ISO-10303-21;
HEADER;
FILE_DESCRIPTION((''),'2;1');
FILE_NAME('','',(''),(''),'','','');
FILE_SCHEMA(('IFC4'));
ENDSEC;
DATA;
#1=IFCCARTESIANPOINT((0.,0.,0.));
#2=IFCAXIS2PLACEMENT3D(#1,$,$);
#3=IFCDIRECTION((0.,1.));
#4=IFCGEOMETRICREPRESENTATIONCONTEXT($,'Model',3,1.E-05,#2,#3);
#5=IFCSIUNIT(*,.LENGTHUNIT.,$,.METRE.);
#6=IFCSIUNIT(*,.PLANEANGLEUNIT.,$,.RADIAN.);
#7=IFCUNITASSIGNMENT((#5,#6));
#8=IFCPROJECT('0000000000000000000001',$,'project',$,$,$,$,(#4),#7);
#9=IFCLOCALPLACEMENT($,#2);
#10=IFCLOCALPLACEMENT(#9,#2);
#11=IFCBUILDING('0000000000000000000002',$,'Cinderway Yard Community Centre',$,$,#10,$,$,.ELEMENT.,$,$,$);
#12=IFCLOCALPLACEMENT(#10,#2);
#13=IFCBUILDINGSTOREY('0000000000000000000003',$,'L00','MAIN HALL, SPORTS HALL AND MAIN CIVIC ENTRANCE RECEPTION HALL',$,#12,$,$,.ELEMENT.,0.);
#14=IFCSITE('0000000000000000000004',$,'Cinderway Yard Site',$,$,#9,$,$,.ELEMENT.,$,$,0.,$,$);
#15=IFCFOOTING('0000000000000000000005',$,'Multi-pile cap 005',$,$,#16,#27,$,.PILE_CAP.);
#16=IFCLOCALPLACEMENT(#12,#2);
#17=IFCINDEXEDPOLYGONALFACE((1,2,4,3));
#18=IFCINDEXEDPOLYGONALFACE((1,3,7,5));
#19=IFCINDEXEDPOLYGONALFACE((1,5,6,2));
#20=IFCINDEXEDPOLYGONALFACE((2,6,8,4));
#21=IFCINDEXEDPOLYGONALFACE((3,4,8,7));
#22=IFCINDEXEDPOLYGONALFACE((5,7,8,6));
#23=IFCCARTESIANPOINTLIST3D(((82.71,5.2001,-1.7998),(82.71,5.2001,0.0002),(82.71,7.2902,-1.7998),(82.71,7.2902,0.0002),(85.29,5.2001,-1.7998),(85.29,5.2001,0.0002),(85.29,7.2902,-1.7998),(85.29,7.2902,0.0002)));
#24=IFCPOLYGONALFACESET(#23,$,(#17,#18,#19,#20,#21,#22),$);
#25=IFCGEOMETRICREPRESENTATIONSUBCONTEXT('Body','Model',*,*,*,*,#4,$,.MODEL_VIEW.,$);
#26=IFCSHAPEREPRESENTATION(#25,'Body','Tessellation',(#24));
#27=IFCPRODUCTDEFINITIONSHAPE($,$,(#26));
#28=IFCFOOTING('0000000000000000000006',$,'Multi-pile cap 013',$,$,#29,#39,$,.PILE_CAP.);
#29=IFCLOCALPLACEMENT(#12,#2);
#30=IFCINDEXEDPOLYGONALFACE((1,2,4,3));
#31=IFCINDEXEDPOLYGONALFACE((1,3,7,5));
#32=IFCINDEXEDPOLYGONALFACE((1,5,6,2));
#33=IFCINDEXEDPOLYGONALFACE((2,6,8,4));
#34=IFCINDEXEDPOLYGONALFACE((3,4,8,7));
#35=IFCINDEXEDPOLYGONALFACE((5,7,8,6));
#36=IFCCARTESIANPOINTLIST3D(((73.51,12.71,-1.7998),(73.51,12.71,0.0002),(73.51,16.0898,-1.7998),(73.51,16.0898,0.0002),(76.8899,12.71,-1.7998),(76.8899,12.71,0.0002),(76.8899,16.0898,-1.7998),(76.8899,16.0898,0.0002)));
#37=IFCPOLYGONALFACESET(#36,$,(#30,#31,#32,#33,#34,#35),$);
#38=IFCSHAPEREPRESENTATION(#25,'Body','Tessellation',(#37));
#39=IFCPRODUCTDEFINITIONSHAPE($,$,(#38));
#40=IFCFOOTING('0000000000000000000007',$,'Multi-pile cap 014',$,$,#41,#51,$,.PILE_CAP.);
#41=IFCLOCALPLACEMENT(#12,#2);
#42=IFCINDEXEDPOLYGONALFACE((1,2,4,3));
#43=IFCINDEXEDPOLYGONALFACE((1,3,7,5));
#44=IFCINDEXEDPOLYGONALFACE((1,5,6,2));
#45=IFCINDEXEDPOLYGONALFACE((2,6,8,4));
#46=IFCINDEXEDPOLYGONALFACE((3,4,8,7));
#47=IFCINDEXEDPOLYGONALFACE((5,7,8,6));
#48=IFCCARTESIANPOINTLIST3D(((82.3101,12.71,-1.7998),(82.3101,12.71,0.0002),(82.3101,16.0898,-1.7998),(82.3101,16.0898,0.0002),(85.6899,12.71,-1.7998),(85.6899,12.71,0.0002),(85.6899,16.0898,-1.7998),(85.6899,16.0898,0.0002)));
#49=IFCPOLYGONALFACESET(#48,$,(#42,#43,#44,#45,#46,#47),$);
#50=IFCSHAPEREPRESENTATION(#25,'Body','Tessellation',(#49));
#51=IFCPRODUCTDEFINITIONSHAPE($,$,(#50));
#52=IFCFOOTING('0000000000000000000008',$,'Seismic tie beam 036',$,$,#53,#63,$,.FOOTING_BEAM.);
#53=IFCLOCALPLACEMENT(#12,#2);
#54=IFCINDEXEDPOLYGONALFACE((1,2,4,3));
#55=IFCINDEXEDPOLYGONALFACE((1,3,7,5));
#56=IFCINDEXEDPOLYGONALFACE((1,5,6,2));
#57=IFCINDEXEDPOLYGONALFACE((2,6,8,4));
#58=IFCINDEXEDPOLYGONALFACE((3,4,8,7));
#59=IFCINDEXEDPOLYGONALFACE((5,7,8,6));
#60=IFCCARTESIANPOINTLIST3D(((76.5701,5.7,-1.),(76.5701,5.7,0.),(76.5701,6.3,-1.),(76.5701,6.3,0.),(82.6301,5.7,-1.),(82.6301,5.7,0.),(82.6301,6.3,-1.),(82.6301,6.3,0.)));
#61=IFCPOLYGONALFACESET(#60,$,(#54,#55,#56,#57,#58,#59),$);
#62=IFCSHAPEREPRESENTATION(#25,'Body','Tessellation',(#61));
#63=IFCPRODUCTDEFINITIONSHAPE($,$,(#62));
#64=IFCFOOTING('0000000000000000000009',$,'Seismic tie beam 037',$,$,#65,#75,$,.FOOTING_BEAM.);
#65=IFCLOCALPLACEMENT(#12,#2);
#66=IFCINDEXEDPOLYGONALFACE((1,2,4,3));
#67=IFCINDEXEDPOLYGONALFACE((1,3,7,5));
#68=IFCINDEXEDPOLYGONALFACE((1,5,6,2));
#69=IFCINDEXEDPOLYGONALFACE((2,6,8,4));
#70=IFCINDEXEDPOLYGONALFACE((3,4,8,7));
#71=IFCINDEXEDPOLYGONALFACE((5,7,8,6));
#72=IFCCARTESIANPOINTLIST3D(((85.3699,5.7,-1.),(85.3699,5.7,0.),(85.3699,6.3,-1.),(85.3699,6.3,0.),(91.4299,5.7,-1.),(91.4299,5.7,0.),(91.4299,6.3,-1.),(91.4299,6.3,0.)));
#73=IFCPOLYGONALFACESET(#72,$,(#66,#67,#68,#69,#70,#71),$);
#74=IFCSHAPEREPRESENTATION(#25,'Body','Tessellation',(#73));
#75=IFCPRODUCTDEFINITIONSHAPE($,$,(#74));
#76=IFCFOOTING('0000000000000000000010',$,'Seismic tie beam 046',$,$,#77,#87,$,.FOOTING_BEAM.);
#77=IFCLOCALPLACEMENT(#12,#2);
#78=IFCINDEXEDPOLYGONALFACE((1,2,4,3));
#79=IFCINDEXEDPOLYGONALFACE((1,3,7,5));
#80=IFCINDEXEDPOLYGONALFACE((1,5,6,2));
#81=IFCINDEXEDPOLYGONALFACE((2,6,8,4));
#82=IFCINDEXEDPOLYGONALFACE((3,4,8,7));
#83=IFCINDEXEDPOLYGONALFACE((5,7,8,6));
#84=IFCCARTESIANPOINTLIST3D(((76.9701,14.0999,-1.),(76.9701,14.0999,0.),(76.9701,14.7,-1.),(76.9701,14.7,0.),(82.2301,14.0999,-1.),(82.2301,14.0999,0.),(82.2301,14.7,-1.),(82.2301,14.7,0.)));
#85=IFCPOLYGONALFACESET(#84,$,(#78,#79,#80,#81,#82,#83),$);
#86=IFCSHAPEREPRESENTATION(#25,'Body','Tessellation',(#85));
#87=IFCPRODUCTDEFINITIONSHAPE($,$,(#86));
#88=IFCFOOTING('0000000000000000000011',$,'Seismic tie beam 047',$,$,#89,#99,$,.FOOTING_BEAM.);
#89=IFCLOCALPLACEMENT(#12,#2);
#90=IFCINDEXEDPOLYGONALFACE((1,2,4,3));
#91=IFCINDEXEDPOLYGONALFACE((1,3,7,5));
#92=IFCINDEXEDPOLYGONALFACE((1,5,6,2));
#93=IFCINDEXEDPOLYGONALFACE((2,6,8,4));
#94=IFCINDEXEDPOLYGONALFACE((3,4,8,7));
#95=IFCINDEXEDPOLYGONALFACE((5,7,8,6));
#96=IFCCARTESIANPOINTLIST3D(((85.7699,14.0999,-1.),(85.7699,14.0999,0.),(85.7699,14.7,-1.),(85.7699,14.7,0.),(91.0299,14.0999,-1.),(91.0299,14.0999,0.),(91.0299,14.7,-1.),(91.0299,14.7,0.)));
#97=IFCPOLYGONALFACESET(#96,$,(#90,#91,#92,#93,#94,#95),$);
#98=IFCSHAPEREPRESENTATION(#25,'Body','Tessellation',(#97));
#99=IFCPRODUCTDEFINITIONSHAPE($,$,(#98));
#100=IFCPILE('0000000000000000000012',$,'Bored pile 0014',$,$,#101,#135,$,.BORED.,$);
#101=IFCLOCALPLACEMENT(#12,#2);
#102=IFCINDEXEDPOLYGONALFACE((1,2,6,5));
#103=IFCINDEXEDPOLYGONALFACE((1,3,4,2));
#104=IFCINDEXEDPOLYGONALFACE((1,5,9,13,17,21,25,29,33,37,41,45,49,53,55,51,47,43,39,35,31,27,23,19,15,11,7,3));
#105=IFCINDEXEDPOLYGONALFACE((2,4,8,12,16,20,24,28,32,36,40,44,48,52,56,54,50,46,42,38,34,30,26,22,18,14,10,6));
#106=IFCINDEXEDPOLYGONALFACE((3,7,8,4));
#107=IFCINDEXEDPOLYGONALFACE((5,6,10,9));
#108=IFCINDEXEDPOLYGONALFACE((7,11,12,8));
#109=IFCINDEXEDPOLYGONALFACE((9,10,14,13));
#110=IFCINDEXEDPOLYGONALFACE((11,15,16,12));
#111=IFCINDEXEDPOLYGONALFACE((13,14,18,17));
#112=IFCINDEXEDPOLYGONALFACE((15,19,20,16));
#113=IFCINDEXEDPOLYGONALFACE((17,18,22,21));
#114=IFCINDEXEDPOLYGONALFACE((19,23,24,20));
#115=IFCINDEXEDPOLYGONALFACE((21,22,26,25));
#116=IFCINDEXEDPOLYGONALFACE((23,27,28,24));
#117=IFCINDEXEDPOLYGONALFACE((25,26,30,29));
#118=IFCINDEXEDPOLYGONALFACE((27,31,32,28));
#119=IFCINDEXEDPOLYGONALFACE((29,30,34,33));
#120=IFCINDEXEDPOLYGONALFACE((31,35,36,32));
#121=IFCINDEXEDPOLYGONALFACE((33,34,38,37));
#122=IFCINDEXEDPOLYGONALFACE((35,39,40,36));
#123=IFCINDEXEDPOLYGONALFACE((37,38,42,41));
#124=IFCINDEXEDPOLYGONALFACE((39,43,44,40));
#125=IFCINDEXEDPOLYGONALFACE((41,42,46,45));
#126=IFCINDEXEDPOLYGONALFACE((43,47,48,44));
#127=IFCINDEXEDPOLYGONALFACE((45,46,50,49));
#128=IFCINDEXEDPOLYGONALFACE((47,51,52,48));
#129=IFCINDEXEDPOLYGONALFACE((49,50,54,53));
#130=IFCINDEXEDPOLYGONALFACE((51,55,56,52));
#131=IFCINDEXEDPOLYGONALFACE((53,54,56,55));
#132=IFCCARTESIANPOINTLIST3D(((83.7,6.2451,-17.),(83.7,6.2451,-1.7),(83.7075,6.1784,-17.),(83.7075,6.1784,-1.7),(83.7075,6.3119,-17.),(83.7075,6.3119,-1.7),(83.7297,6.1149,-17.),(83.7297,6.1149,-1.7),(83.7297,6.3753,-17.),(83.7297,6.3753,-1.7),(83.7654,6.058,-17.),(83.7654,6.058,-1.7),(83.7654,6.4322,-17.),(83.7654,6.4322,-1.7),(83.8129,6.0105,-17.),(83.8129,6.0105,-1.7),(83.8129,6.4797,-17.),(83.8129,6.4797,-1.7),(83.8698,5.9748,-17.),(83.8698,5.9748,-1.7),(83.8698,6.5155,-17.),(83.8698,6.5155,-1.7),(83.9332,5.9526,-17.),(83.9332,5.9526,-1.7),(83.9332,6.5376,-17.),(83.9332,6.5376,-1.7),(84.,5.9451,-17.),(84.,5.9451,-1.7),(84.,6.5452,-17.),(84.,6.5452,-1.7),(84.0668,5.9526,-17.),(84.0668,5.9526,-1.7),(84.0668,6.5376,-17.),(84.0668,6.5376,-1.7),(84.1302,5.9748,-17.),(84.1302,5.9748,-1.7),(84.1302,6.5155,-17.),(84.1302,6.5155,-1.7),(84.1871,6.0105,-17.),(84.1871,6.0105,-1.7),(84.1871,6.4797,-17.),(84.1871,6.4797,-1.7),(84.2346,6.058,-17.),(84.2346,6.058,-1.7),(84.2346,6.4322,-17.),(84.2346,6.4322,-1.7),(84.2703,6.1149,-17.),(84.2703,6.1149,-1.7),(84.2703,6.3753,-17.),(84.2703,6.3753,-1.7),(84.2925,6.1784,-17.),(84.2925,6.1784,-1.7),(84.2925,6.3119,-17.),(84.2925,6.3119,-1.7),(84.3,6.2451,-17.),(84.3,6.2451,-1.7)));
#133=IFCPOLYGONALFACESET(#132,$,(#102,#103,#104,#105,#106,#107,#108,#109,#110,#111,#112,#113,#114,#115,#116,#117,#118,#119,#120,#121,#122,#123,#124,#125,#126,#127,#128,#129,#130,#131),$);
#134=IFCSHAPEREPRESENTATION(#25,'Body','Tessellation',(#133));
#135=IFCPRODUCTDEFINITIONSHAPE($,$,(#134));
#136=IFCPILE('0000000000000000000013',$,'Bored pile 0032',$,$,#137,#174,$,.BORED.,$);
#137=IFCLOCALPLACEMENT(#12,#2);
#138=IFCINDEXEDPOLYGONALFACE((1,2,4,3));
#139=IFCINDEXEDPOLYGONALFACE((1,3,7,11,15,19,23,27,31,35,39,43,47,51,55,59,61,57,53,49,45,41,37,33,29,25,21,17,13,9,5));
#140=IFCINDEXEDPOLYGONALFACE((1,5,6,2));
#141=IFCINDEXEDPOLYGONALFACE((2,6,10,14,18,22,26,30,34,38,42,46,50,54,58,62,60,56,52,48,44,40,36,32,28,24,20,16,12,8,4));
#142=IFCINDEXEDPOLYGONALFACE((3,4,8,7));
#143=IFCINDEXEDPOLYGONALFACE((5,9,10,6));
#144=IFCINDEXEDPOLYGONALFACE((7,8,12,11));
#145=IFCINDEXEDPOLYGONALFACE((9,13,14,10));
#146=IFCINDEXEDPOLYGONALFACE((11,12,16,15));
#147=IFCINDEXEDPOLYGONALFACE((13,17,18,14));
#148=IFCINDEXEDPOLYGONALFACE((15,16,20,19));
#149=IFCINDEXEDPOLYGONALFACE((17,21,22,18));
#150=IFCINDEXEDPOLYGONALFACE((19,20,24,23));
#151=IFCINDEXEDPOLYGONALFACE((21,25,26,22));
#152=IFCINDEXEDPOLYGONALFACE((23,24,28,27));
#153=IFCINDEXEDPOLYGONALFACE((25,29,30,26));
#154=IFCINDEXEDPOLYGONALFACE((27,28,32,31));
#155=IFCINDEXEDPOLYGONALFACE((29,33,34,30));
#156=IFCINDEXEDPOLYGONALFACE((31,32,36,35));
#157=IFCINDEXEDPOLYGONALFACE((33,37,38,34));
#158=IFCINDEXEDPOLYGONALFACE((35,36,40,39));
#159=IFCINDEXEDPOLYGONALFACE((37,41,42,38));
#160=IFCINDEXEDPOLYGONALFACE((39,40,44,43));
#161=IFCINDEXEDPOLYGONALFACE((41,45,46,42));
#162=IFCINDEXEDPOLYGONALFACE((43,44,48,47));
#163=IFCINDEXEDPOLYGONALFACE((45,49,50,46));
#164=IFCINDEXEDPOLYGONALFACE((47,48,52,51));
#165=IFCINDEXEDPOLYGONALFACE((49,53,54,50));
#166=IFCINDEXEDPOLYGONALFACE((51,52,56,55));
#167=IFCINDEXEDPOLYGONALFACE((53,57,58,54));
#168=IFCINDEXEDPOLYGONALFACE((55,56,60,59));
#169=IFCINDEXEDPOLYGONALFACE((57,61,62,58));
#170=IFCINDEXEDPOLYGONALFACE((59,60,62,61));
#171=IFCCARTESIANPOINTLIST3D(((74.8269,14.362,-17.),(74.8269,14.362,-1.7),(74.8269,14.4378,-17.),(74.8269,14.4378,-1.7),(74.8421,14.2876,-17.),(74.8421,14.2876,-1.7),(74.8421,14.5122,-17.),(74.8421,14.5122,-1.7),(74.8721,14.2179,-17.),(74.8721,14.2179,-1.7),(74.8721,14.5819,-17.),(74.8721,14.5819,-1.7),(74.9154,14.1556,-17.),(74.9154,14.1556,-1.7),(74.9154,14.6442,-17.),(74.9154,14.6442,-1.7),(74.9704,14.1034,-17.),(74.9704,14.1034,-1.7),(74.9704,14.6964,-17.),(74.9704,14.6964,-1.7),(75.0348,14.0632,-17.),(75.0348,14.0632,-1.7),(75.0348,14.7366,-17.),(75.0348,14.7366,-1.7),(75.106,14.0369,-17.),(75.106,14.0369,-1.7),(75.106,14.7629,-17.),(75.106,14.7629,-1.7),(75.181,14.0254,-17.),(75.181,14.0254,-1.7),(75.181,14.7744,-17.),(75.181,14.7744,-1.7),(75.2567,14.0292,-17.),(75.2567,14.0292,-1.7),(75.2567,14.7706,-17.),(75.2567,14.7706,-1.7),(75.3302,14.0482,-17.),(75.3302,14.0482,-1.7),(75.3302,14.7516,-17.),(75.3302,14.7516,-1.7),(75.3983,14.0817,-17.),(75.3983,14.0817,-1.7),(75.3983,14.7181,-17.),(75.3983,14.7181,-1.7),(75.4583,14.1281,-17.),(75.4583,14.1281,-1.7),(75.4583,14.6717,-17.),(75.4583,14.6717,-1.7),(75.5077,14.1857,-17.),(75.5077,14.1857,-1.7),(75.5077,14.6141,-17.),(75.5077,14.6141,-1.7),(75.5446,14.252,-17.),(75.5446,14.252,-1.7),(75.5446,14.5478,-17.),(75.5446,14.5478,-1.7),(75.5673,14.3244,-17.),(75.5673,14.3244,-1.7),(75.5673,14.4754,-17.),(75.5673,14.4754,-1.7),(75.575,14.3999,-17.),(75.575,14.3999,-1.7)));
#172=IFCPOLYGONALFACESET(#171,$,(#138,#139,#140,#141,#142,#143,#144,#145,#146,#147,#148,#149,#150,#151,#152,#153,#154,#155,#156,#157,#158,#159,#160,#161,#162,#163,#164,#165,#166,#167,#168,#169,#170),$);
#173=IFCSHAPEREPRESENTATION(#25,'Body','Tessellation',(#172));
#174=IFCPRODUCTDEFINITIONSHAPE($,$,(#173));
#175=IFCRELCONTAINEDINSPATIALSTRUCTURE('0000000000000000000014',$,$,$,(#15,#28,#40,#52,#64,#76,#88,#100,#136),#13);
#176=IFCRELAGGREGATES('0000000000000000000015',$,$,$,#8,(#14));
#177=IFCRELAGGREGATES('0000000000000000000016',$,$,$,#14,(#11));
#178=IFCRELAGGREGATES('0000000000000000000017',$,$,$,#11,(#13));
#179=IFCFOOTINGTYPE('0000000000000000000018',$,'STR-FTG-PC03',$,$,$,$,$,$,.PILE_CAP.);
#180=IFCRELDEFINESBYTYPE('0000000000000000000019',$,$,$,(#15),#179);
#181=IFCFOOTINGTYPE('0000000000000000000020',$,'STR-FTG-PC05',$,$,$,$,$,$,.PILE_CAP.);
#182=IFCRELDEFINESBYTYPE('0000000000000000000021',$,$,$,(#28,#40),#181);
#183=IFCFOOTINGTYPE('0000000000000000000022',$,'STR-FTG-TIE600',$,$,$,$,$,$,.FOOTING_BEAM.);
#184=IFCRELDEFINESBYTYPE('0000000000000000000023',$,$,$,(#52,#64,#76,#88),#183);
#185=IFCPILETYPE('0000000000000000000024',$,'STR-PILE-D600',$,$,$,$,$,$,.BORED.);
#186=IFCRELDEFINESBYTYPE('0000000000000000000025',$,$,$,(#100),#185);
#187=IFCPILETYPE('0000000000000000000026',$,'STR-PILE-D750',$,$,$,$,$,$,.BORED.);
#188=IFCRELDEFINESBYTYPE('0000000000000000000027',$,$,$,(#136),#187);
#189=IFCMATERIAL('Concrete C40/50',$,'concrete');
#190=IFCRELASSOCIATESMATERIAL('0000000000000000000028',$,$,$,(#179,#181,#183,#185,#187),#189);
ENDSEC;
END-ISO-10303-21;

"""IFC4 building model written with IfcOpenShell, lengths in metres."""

from ifc_helpers import new_model, si_unit, direction, frame, origin, origin_2d, place, context, subcontext, project, spatial, rectangle, circle, extrude, material, material_profile, profile_set, type_object, element, save


model = new_model("IFC4")

# Units and contexts
model_context = context("Model", 3, precision=1e-05, world=origin(), true_north=direction((0.0, 1.0)))
body_context = subcontext(model_context, "Body", "Model", "MODEL_VIEW")
ifc_project = project(units=[si_unit("LENGTHUNIT", "METRE"), si_unit("PLANEANGLEUNIT", "RADIAN")], contexts=[model_context])

# Site, building, storey
site_placement = place(None, origin())
site = spatial("IfcSite", under=ifc_project, at=site_placement, Name="Cinderway Yard Site", CompositionType="ELEMENT", RefElevation=0.0)
building_placement = place(site_placement, origin())
building = spatial("IfcBuilding", under=site, at=building_placement, Name="Cinderway Yard Community Centre", CompositionType="ELEMENT")
storey_placement = place(building_placement, origin())
storey = spatial("IfcBuildingStorey", under=building, at=storey_placement, Name="L00", Description="MAIN HALL, SPORTS HALL AND MAIN CIVIC ENTRANCE RECEPTION HALL", CompositionType="ELEMENT", Elevation=0.0)

# Footings
ifc_material_1 = material(Name="Concrete C40/50", Category="concrete")
footing_type_1 = type_object("IfcFootingType", Name="STR-FTG-PC03", PredefinedType="PILE_CAP", material=ifc_material_1)
footing_placement = place(storey_placement, frame((84.0, 6.2451, -1.7998), z_axis=(0.0, 0.0, 1.0), x_axis=(1.0, 0.0, 0.0)))
element("IfcFooting", 1, at=footing_placement, inside=storey, type_object=footing_type_1, Name="Multi-pile cap 005", PredefinedType="PILE_CAP", context=body_context, shape_type="SweptSolid", body=[
    extrude(rectangle(XDim=2.5801, YDim=2.0901, at=origin_2d()), origin(), (0.0, 0.0, 1.0), 1.8),
])
footing_type_2 = type_object("IfcFootingType", Name="STR-FTG-PC05", PredefinedType="PILE_CAP", material=ifc_material_1)
for number, where, z_axis, x_axis, name in (
    (2, (75.2, 14.3999, -1.7998), (0.0, 0.0, 1.0), (1.0, 0.0, 0.0), "Multi-pile cap 013"),
    (3, (84.0, 14.3999, -1.7998), (0.0, 0.0, 1.0), (1.0, 0.0, 0.0), "Multi-pile cap 014"),
):
    element("IfcFooting", number, at=place(storey_placement, frame(where, z_axis=z_axis, x_axis=x_axis)), inside=storey, type_object=footing_type_2, Name=name, PredefinedType="PILE_CAP", context=body_context, shape_type="SweptSolid", body=[
        extrude(rectangle(XDim=3.3799, YDim=3.3799, at=origin_2d()), origin(), (0.0, 0.0, 1.0), 1.8),
    ])
footing_type_3 = type_object("IfcFootingType", Name="STR-FTG-TIE600", PredefinedType="FOOTING_BEAM", material=ifc_material_1)
for number, where, z_axis, x_axis, name in (
    (4, (79.6001, 6.0, -1.0), (0.0, 0.0, 1.0), (1.0, 0.0, 0.0), "Seismic tie beam 036"),
    (5, (88.3999, 6.0, -1.0), (0.0, 0.0, 1.0), (1.0, 0.0, 0.0), "Seismic tie beam 037"),
):
    element("IfcFooting", number, at=place(storey_placement, frame(where, z_axis=z_axis, x_axis=x_axis)), inside=storey, type_object=footing_type_3, Name=name, PredefinedType="FOOTING_BEAM", context=body_context, shape_type="SweptSolid", body=[
        extrude(rectangle(XDim=6.0601, YDim=0.6001, at=origin_2d()), origin(), (0.0, 0.0, 1.0), 1.0),
    ])
for number, where, z_axis, x_axis, name in (
    (6, (79.6001, 14.3999, -1.0), (0.0, 0.0, 1.0), (1.0, 0.0, 0.0), "Seismic tie beam 046"),
    (7, (88.3999, 14.3999, -1.0), (0.0, 0.0, 1.0), (1.0, 0.0, 0.0), "Seismic tie beam 047"),
):
    element("IfcFooting", number, at=place(storey_placement, frame(where, z_axis=z_axis, x_axis=x_axis)), inside=storey, type_object=footing_type_3, Name=name, PredefinedType="FOOTING_BEAM", context=body_context, shape_type="SweptSolid", body=[
        extrude(rectangle(XDim=5.26, YDim=0.6001, at=origin_2d()), origin(), (0.0, 0.0, 1.0), 1.0),
    ])

# Piles
ifc_material_profile_1 = material_profile(ifc_material_1, circle(Radius=0.3, at=origin_2d()), Name="Concrete C40/50")
ifc_profile_set_1 = profile_set([ifc_material_profile_1], Name="Concrete C40/50")
pile_type_1 = type_object("IfcPileType", Name="STR-PILE-D600", PredefinedType="BORED", material=ifc_profile_set_1)
pile_placement = place(storey_placement, frame((84.0, 6.2451, -1.7), z_axis=(0.0, 0.0, -1.0), x_axis=(1.0, 0.0, 0.0)))
element("IfcPile", 8, at=pile_placement, inside=storey, type_object=pile_type_1, Name="Bored pile 0014", PredefinedType="BORED", context=body_context, shape_type="SweptSolid", body=[
    extrude(circle(Radius=0.3, at=origin_2d()), origin(), (0.0, 0.0, 1.0), 15.3),
])
ifc_material_profile_2 = material_profile(ifc_material_1, circle(Radius=0.375, at=origin_2d()), Name="Concrete C40/50")
ifc_profile_set_2 = profile_set([ifc_material_profile_2], Name="Concrete C40/50")
pile_type_2 = type_object("IfcPileType", Name="STR-PILE-D750", PredefinedType="BORED", material=ifc_profile_set_2)
for number, where, z_axis, x_axis, name in (
    (9, (75.2, 14.3999, -1.7), (0.0, 0.0, -1.0), (1.0, 0.0, 0.0), "Bored pile 0032"),
):
    element("IfcPile", number, at=place(storey_placement, frame(where, z_axis=z_axis, x_axis=x_axis)), inside=storey, type_object=pile_type_2, Name=name, PredefinedType="BORED", context=body_context, shape_type="SweptSolid", body=[
        extrude(circle(Radius=0.375, at=origin_2d()), origin(), (0.0, 0.0, 1.0), 15.3),
    ])

save(model, "model.ifc")
